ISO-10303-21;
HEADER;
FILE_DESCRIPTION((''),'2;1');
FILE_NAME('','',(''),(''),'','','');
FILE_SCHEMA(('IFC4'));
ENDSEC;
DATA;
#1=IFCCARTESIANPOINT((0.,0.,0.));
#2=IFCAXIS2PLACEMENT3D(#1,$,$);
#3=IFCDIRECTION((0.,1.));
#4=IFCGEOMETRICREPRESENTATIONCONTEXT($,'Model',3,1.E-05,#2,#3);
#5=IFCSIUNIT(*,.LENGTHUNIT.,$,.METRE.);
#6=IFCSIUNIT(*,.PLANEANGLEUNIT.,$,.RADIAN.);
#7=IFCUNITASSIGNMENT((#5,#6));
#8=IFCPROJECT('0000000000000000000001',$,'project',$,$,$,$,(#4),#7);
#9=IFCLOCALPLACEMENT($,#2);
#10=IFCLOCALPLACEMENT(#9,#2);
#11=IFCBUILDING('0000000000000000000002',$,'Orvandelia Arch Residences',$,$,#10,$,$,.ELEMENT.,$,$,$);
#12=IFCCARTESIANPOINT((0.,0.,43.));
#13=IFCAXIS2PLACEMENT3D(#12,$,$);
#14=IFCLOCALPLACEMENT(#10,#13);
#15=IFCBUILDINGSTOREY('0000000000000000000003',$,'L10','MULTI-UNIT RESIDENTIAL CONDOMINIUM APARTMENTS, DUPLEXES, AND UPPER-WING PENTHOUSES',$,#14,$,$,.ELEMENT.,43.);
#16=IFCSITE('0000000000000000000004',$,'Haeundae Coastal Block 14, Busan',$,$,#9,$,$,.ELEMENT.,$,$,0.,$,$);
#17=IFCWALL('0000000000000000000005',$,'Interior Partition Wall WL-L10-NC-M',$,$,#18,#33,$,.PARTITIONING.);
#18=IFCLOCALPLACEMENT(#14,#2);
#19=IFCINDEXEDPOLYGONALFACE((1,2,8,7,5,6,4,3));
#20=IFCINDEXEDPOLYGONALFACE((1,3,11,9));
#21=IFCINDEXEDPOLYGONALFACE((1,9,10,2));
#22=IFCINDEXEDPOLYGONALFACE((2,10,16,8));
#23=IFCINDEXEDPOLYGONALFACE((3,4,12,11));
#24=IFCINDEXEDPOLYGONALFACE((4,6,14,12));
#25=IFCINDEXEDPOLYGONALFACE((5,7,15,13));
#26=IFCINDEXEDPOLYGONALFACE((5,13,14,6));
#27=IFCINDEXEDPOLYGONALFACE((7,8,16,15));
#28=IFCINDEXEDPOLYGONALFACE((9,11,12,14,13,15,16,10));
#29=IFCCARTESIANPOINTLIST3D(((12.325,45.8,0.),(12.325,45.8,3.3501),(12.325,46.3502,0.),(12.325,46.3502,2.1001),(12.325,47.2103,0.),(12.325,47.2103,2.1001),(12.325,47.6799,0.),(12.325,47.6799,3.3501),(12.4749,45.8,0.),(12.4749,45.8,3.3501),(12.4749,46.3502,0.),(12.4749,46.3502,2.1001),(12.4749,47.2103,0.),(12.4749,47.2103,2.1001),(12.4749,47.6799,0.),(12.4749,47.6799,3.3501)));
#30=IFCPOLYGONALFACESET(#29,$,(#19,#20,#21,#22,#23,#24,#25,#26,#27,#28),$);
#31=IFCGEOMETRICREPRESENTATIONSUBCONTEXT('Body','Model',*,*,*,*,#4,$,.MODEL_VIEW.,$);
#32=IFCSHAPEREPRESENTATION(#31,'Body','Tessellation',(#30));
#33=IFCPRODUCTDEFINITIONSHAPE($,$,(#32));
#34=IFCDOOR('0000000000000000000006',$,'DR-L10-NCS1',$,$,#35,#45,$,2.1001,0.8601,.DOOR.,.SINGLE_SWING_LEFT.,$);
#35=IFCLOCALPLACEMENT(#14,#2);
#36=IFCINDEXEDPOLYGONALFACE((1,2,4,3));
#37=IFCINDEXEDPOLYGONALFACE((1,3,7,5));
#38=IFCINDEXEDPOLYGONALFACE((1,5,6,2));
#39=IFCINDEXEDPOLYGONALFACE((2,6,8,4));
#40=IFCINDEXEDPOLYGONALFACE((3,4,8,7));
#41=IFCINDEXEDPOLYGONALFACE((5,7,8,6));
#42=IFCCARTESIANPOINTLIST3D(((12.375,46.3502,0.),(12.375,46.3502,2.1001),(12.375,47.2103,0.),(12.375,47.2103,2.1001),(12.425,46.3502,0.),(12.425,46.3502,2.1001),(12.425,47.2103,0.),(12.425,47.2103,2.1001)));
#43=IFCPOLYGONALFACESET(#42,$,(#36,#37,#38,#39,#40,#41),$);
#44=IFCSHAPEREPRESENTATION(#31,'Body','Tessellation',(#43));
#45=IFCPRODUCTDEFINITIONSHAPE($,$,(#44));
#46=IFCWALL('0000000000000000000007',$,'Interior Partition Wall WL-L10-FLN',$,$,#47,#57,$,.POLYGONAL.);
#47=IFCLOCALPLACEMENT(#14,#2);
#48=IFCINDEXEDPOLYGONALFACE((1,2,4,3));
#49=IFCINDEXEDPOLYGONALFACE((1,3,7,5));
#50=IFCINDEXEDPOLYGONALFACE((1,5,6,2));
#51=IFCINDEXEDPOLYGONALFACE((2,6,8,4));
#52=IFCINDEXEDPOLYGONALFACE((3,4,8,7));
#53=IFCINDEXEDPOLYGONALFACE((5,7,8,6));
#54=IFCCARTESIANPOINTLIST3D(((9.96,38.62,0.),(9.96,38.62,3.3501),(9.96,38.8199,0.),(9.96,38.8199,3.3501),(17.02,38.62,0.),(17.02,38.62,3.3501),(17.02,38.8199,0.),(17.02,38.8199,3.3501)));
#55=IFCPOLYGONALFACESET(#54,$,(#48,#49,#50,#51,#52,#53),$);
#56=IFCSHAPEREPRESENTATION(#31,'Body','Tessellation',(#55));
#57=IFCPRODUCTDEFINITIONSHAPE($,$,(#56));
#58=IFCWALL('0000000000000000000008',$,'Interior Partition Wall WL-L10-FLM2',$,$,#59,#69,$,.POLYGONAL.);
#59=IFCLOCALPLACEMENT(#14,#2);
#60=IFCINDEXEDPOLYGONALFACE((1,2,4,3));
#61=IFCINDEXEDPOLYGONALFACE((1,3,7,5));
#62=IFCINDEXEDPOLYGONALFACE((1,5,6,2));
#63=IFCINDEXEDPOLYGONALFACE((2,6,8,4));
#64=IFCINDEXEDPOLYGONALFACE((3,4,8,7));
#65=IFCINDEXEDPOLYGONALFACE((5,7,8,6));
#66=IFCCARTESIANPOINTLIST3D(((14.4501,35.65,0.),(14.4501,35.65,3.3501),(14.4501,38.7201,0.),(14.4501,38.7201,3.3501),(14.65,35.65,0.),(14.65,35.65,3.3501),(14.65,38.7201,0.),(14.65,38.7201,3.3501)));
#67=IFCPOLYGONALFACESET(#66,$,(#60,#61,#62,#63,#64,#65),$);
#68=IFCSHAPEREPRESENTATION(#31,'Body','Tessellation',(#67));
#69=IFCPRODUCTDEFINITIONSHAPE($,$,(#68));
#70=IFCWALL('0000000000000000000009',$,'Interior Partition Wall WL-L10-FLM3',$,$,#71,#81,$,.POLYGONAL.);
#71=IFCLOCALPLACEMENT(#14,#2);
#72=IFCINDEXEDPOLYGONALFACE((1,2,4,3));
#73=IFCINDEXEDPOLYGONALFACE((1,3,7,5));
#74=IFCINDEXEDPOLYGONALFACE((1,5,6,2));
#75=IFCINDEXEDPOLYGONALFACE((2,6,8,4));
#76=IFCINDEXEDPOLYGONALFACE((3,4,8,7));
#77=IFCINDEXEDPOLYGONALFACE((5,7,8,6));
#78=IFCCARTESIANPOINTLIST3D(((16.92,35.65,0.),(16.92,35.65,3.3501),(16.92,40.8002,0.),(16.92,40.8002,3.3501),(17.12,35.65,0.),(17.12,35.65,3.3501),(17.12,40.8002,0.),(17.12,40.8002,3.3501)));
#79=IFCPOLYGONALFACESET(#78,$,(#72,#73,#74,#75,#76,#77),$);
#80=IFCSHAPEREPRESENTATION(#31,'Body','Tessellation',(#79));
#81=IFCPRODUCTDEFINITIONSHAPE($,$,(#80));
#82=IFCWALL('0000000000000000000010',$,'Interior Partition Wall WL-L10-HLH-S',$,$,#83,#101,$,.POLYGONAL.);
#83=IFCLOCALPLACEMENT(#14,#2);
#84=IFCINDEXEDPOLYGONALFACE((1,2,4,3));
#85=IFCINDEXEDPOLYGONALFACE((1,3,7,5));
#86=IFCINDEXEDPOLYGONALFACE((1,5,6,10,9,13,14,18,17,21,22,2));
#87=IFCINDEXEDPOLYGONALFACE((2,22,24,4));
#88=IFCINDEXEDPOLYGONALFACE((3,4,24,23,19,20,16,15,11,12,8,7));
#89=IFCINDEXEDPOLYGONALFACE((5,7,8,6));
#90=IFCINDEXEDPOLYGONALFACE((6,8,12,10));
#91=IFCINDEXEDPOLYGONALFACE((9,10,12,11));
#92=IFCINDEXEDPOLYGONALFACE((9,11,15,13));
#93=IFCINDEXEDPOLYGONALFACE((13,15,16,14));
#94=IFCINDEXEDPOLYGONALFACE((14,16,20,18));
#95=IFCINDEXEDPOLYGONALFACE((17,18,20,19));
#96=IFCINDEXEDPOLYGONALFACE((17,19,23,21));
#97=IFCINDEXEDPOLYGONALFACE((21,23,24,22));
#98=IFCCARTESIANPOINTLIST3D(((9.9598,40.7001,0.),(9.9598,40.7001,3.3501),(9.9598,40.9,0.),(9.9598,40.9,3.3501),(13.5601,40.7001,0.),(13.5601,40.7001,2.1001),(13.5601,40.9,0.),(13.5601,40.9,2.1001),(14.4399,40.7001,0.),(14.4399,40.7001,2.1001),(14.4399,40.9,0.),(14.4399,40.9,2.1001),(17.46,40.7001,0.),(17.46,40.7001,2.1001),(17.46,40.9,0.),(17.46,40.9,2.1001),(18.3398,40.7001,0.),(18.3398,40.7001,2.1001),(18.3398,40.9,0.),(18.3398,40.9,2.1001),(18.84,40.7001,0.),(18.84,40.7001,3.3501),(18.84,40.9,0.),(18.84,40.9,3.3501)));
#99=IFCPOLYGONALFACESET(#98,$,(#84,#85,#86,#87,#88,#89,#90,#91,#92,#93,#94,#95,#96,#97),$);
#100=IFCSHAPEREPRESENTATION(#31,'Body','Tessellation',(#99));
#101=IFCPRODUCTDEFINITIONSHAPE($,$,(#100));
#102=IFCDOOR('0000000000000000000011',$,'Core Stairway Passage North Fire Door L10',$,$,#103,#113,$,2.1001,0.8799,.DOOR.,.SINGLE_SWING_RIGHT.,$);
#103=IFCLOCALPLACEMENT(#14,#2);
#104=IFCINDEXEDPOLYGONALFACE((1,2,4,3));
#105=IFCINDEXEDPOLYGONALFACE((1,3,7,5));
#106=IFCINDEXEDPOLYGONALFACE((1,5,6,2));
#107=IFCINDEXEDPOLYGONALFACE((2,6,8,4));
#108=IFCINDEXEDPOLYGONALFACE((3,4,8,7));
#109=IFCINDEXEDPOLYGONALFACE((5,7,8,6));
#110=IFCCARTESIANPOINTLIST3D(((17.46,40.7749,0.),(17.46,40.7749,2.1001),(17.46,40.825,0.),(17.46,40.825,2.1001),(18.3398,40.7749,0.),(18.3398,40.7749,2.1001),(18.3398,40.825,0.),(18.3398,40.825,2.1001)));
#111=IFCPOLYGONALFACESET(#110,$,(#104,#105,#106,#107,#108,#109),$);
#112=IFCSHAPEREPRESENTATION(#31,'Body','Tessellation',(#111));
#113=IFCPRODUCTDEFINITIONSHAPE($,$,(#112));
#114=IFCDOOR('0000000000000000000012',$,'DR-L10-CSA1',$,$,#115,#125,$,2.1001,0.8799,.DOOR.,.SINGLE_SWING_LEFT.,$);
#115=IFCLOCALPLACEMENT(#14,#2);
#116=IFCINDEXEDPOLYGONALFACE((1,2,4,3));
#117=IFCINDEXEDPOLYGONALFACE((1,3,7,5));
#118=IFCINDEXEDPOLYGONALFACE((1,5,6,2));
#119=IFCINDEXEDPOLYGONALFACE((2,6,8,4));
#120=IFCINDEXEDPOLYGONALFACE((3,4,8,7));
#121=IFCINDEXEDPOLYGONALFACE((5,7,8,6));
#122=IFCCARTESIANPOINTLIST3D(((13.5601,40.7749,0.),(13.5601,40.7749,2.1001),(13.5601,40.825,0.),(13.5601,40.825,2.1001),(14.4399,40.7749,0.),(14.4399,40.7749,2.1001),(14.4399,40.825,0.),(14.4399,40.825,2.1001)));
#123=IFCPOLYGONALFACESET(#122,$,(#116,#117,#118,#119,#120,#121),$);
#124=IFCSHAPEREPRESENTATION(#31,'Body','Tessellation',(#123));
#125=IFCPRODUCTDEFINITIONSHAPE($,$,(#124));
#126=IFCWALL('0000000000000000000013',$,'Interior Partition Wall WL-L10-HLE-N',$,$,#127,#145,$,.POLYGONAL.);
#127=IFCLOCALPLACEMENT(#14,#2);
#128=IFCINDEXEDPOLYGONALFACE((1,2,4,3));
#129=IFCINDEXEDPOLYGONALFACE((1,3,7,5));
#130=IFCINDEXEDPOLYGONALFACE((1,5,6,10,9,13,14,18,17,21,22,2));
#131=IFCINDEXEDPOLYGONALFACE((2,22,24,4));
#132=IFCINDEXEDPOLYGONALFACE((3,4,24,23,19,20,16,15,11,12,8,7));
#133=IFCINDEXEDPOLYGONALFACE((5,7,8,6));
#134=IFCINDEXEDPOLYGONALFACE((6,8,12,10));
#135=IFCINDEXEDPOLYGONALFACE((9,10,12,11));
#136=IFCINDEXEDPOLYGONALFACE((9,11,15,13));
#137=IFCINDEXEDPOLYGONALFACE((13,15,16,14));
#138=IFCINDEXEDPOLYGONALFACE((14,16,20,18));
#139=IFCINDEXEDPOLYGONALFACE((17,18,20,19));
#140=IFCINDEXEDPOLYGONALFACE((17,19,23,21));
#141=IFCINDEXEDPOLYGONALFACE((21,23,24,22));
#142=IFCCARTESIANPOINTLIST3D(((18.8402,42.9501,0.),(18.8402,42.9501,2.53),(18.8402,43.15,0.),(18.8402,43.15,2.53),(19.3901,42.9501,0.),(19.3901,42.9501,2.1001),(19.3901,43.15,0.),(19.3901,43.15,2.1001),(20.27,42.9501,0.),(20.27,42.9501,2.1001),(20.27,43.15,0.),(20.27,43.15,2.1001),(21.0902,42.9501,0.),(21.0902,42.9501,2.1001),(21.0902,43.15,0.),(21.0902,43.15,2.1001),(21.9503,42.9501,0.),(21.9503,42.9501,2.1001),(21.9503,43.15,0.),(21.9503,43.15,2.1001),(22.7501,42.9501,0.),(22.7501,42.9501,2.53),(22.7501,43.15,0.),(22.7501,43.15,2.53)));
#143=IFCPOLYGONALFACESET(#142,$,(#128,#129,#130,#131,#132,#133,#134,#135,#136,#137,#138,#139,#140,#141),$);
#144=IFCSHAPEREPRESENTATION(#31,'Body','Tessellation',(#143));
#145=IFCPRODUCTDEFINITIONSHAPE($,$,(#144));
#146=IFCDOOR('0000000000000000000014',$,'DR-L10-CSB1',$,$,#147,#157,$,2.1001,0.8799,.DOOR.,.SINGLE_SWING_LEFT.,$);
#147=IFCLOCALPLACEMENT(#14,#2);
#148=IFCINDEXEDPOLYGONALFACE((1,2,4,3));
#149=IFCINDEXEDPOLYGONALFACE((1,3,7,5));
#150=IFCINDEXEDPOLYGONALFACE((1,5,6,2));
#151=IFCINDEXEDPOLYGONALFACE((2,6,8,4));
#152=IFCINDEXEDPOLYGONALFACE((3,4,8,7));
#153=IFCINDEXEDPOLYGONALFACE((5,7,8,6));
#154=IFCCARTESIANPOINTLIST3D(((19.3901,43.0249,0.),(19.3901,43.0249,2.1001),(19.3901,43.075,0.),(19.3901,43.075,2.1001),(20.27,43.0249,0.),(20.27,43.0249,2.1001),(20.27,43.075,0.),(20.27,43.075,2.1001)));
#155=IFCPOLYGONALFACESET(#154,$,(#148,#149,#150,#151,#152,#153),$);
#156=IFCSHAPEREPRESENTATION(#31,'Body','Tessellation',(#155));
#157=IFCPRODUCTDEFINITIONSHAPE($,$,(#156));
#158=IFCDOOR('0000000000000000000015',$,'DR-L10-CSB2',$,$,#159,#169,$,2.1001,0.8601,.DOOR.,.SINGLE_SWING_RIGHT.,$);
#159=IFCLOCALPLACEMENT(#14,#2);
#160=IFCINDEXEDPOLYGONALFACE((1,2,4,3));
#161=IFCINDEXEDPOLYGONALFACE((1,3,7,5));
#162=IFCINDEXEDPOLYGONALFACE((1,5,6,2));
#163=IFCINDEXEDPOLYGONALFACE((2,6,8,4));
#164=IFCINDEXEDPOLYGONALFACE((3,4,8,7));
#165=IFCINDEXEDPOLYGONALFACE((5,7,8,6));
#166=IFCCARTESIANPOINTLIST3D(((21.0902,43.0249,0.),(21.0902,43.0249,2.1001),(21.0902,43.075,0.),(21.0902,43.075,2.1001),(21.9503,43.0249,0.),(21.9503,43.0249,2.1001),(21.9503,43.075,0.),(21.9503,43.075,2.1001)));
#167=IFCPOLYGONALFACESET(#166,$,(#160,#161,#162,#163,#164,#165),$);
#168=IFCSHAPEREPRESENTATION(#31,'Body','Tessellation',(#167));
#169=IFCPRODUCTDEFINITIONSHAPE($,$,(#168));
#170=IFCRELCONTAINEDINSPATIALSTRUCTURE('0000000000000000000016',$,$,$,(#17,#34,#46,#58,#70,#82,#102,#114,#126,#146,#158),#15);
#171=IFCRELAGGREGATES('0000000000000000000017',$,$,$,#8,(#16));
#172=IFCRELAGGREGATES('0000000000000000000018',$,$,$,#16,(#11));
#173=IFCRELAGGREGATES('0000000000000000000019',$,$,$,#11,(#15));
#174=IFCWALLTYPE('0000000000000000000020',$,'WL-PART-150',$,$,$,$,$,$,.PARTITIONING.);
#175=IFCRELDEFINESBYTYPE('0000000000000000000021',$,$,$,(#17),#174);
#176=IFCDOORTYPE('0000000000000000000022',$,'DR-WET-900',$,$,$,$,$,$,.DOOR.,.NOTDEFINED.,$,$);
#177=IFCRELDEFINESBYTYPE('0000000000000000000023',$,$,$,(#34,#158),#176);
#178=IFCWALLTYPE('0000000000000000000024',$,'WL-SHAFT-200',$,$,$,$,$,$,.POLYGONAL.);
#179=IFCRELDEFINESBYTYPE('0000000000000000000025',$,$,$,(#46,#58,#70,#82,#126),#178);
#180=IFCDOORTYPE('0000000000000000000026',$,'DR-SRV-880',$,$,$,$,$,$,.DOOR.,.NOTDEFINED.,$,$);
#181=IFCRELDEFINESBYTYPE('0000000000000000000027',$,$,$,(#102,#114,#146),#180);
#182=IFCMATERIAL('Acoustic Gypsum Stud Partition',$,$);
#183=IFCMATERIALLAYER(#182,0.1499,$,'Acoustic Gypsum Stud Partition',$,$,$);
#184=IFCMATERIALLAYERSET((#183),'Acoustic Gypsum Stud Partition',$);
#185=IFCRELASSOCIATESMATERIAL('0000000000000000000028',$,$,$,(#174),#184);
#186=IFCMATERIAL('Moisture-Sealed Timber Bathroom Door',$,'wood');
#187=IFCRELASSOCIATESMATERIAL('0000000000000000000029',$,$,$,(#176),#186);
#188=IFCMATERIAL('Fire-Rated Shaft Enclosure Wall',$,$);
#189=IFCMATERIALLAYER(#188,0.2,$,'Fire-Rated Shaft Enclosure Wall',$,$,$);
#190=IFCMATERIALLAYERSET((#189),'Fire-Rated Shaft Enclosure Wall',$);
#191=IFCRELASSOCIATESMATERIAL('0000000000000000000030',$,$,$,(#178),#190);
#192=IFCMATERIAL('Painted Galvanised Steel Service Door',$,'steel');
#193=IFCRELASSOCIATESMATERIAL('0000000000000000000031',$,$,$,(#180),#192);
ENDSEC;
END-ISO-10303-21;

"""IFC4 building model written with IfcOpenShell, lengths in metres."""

from ifc_helpers import new_model, si_unit, direction, frame, frame_2d, origin, place, context, subcontext, project, spatial, rectangle, extrude, material, layer, layer_set, type_object, element, fill, save


model = new_model("IFC4")

# Units and contexts
model_context = context("Model", 3, precision=1e-05, world=origin(), true_north=direction((0.0, 1.0)))
body_context = subcontext(model_context, "Body", "Model", "MODEL_VIEW")
ifc_project = project(units=[si_unit("LENGTHUNIT", "METRE"), si_unit("PLANEANGLEUNIT", "RADIAN")], contexts=[model_context])

# Site, building, storey
site_placement = place(None, origin())
site = spatial("IfcSite", under=ifc_project, at=site_placement, Name="Haeundae Coastal Block 14, Busan", CompositionType="ELEMENT", RefElevation=0.0)
building_placement = place(site_placement, origin())
building = spatial("IfcBuilding", under=site, at=building_placement, Name="Orvandelia Arch Residences", CompositionType="ELEMENT")
storey_placement = place(building_placement, frame((0.0, 0.0, 43.0)))
storey = spatial("IfcBuildingStorey", under=building, at=storey_placement, Name="L10", Description="MULTI-UNIT RESIDENTIAL CONDOMINIUM APARTMENTS, DUPLEXES, AND UPPER-WING PENTHOUSES", CompositionType="ELEMENT", Elevation=43.0)

# Wall, opening, door
ifc_material_1 = material(Name="Acoustic Gypsum Stud Partition")
ifc_layer_1 = layer(ifc_material_1, 0.1499, Name="Acoustic Gypsum Stud Partition")
ifc_layer_set_1 = layer_set([ifc_layer_1], Name="Acoustic Gypsum Stud Partition")
wall_type_1 = type_object("IfcWallType", Name="WL-PART-150", PredefinedType="PARTITIONING", material=ifc_layer_set_1)
wall_1_placement = place(storey_placement, frame((12.3999, 45.8, 0.0), z_axis=(0.0, 0.0, 1.0), x_axis=(0.0, 1.0, 0.0)))
wall_1 = element("IfcWall", 1, at=wall_1_placement, inside=storey, type_object=wall_type_1, Name="Interior Partition Wall WL-L10-NC-M", PredefinedType="PARTITIONING", context=body_context, shape_type="SweptSolid", body=[
    extrude(rectangle(XDim=1.8799, YDim=0.1499, at=frame_2d((0.9399, 0.0))), origin(), (0.0, 0.0, 1.0), 3.3501),
])
opening_1_placement = place(wall_1_placement, frame((0.55, 0.0, 0.0)))
opening_1 = element("IfcOpeningElement", 2, at=opening_1_placement, cuts=wall_1, PredefinedType="OPENING", context=body_context, shape_type="SweptSolid", body=[
    extrude(rectangle(XDim=0.8601, YDim=2.1001, at=frame_2d((0.4302, 1.05))), frame((0.0, 0.085, 0.0), z_axis=(0.0, -1.0, 0.0), x_axis=(1.0, 0.0, 0.0)), (0.0, 0.0, 1.0), 0.1699),
])
ifc_material_2 = material(Name="Moisture-Sealed Timber Bathroom Door", Category="wood")
door_type_1 = type_object("IfcDoorType", Name="DR-WET-900", OperationType="NOTDEFINED", PredefinedType="DOOR", material=ifc_material_2)
door_1_placement = place(opening_1_placement, origin())
door_1 = element("IfcDoor", 3, at=door_1_placement, inside=storey, type_object=door_type_1, Name="DR-L10-NCS1", OperationType="SINGLE_SWING_LEFT", OverallHeight=2.1001, OverallWidth=0.8601, PredefinedType="DOOR", context=body_context, shape_type="SweptSolid", body=[
    extrude(rectangle(XDim=0.8601, YDim=2.1001, at=frame_2d((0.4302, 1.05))), frame((0.0, 0.0249, 0.0), z_axis=(0.0, -1.0, 0.0), x_axis=(1.0, 0.0, 0.0)), (0.0, 0.0, 1.0), 0.05),
])
fill(opening_1, door_1)

# Walls
ifc_material_3 = material(Name="Fire-Rated Shaft Enclosure Wall")
ifc_layer_2 = layer(ifc_material_3, 0.2, Name="Fire-Rated Shaft Enclosure Wall")
ifc_layer_set_2 = layer_set([ifc_layer_2], Name="Fire-Rated Shaft Enclosure Wall")
wall_type_2 = type_object("IfcWallType", Name="WL-SHAFT-200", PredefinedType="POLYGONAL", material=ifc_layer_set_2)
wall_2_placement = place(storey_placement, frame((9.96, 38.72, 0.0), z_axis=(0.0, 0.0, 1.0), x_axis=(1.0, 0.0, 0.0)))
element("IfcWall", 4, at=wall_2_placement, inside=storey, type_object=wall_type_2, Name="Interior Partition Wall WL-L10-FLN", PredefinedType="POLYGONAL", context=body_context, shape_type="SweptSolid", body=[
    extrude(rectangle(XDim=7.0601, YDim=0.2, at=frame_2d((3.53, 0.0))), origin(), (0.0, 0.0, 1.0), 3.3501),
])
wall_3_placement = place(storey_placement, frame((14.55, 35.6499, 0.0), z_axis=(0.0, 0.0, 1.0), x_axis=(0.0, 1.0, 0.0)))
element("IfcWall", 5, at=wall_3_placement, inside=storey, type_object=wall_type_2, Name="Interior Partition Wall WL-L10-FLM2", PredefinedType="POLYGONAL", context=body_context, shape_type="SweptSolid", body=[
    extrude(rectangle(XDim=3.0701, YDim=0.2, at=frame_2d((1.5352, 0.0))), origin(), (0.0, 0.0, 1.0), 3.3501),
])
wall_4_placement = place(storey_placement, frame((17.02, 35.6499, 0.0), z_axis=(0.0, 0.0, 1.0), x_axis=(0.0, 1.0, 0.0)))
element("IfcWall", 6, at=wall_4_placement, inside=storey, type_object=wall_type_2, Name="Interior Partition Wall WL-L10-FLM3", PredefinedType="POLYGONAL", context=body_context, shape_type="SweptSolid", body=[
    extrude(rectangle(XDim=5.1501, YDim=0.2, at=frame_2d((2.5752, 0.0))), origin(), (0.0, 0.0, 1.0), 3.3501),
])

# Walls, openings, doors
wall_5_placement = place(storey_placement, frame((9.96, 40.8, 0.0), z_axis=(0.0, 0.0, 1.0), x_axis=(1.0, 0.0, 0.0)))
wall_5 = element("IfcWall", 7, at=wall_5_placement, inside=storey, type_object=wall_type_2, Name="Interior Partition Wall WL-L10-HLH-S", PredefinedType="POLYGONAL", context=body_context, shape_type="SweptSolid", body=[
    extrude(rectangle(XDim=8.8801, YDim=0.2, at=frame_2d((4.4399, 0.0))), origin(), (0.0, 0.0, 1.0), 3.3501),
])
opening_2_placement = place(wall_5_placement, frame((7.5, 0.0, 0.0)))
opening_2 = element("IfcOpeningElement", 8, at=opening_2_placement, cuts=wall_5, PredefinedType="OPENING", context=body_context, shape_type="SweptSolid", body=[
    extrude(rectangle(XDim=0.8799, YDim=2.1001, at=frame_2d((0.4399, 1.05))), frame((0.0, 0.1099, 0.0), z_axis=(0.0, -1.0, 0.0), x_axis=(1.0, 0.0, 0.0)), (0.0, 0.0, 1.0), 0.22),
])
opening_3_placement = place(wall_5_placement, frame((3.6001, 0.0, 0.0)))
opening_3 = element("IfcOpeningElement", 9, at=opening_3_placement, cuts=wall_5, PredefinedType="OPENING", context=body_context, shape_type="SweptSolid", body=[
    extrude(rectangle(XDim=0.8799, YDim=2.1001, at=frame_2d((0.4399, 1.05))), frame((0.0, 0.1099, 0.0), z_axis=(0.0, -1.0, 0.0), x_axis=(1.0, 0.0, 0.0)), (0.0, 0.0, 1.0), 0.22),
])
ifc_material_4 = material(Name="Painted Galvanised Steel Service Door", Category="steel")
door_type_2 = type_object("IfcDoorType", Name="DR-SRV-880", OperationType="NOTDEFINED", PredefinedType="DOOR", material=ifc_material_4)
door_2_placement = place(opening_2_placement, origin())
door_2 = element("IfcDoor", 10, at=door_2_placement, inside=storey, type_object=door_type_2, Name="Core Stairway Passage North Fire Door L10", OperationType="SINGLE_SWING_RIGHT", OverallHeight=2.1001, OverallWidth=0.8799, PredefinedType="DOOR", context=body_context, shape_type="SweptSolid", body=[
    extrude(rectangle(XDim=0.8799, YDim=2.1001, at=frame_2d((0.4399, 1.05))), frame((0.0, 0.0249, 0.0), z_axis=(0.0, -1.0, 0.0), x_axis=(1.0, 0.0, 0.0)), (0.0, 0.0, 1.0), 0.05),
])
fill(opening_2, door_2)
door_3_placement = place(opening_3_placement, origin())
door_3 = element("IfcDoor", 11, at=door_3_placement, inside=storey, type_object=door_type_2, Name="DR-L10-CSA1", OperationType="SINGLE_SWING_LEFT", OverallHeight=2.1001, OverallWidth=0.8799, PredefinedType="DOOR", context=body_context, shape_type="SweptSolid", body=[
    extrude(rectangle(XDim=0.8799, YDim=2.1001, at=frame_2d((0.4399, 1.05))), frame((0.0, 0.0249, 0.0), z_axis=(0.0, -1.0, 0.0), x_axis=(1.0, 0.0, 0.0)), (0.0, 0.0, 1.0), 0.05),
])
fill(opening_3, door_3)
wall_6_placement = place(storey_placement, frame((18.8401, 43.05, 0.0), z_axis=(0.0, 0.0, 1.0), x_axis=(1.0, 0.0, 0.0)))
wall_6 = element("IfcWall", 12, at=wall_6_placement, inside=storey, type_object=wall_type_2, Name="Interior Partition Wall WL-L10-HLE-N", PredefinedType="POLYGONAL", context=body_context, shape_type="SweptSolid", body=[
    extrude(rectangle(XDim=3.9099, YDim=0.2, at=frame_2d((1.9551, 0.0))), origin(), (0.0, 0.0, 1.0), 2.53),
])
opening_4_placement = place(wall_6_placement, frame((0.55, 0.0, 0.0)))
opening_4 = element("IfcOpeningElement", 13, at=opening_4_placement, cuts=wall_6, PredefinedType="OPENING", context=body_context, shape_type="SweptSolid", body=[
    extrude(rectangle(XDim=0.8799, YDim=2.1001, at=frame_2d((0.4399, 1.05))), frame((0.0, 0.1099, 0.0), z_axis=(0.0, -1.0, 0.0), x_axis=(1.0, 0.0, 0.0)), (0.0, 0.0, 1.0), 0.22),
])
opening_5_placement = place(wall_6_placement, frame((2.25, 0.0, 0.0)))
opening_5 = element("IfcOpeningElement", 14, at=opening_5_placement, cuts=wall_6, PredefinedType="OPENING", context=body_context, shape_type="SweptSolid", body=[
    extrude(rectangle(XDim=0.8601, YDim=2.1001, at=frame_2d((0.4302, 1.05))), frame((0.0, 0.1099, 0.0), z_axis=(0.0, -1.0, 0.0), x_axis=(1.0, 0.0, 0.0)), (0.0, 0.0, 1.0), 0.22),
])
door_4_placement = place(opening_4_placement, origin())
door_4 = element("IfcDoor", 15, at=door_4_placement, inside=storey, type_object=door_type_2, Name="DR-L10-CSB1", OperationType="SINGLE_SWING_LEFT", OverallHeight=2.1001, OverallWidth=0.8799, PredefinedType="DOOR", context=body_context, shape_type="SweptSolid", body=[
    extrude(rectangle(XDim=0.8799, YDim=2.1001, at=frame_2d((0.4399, 1.05))), frame((0.0, 0.0249, 0.0), z_axis=(0.0, -1.0, 0.0), x_axis=(1.0, 0.0, 0.0)), (0.0, 0.0, 1.0), 0.05),
])
fill(opening_4, door_4)
door_5_placement = place(opening_5_placement, origin())
door_5 = element("IfcDoor", 16, at=door_5_placement, inside=storey, type_object=door_type_1, Name="DR-L10-CSB2", OperationType="SINGLE_SWING_RIGHT", OverallHeight=2.1001, OverallWidth=0.8601, PredefinedType="DOOR", context=body_context, shape_type="SweptSolid", body=[
    extrude(rectangle(XDim=0.8601, YDim=2.1001, at=frame_2d((0.4302, 1.05))), frame((0.0, 0.0249, 0.0), z_axis=(0.0, -1.0, 0.0), x_axis=(1.0, 0.0, 0.0)), (0.0, 0.0, 1.0), 0.05),
])
fill(opening_5, door_5)

save(model, "model.ifc")
